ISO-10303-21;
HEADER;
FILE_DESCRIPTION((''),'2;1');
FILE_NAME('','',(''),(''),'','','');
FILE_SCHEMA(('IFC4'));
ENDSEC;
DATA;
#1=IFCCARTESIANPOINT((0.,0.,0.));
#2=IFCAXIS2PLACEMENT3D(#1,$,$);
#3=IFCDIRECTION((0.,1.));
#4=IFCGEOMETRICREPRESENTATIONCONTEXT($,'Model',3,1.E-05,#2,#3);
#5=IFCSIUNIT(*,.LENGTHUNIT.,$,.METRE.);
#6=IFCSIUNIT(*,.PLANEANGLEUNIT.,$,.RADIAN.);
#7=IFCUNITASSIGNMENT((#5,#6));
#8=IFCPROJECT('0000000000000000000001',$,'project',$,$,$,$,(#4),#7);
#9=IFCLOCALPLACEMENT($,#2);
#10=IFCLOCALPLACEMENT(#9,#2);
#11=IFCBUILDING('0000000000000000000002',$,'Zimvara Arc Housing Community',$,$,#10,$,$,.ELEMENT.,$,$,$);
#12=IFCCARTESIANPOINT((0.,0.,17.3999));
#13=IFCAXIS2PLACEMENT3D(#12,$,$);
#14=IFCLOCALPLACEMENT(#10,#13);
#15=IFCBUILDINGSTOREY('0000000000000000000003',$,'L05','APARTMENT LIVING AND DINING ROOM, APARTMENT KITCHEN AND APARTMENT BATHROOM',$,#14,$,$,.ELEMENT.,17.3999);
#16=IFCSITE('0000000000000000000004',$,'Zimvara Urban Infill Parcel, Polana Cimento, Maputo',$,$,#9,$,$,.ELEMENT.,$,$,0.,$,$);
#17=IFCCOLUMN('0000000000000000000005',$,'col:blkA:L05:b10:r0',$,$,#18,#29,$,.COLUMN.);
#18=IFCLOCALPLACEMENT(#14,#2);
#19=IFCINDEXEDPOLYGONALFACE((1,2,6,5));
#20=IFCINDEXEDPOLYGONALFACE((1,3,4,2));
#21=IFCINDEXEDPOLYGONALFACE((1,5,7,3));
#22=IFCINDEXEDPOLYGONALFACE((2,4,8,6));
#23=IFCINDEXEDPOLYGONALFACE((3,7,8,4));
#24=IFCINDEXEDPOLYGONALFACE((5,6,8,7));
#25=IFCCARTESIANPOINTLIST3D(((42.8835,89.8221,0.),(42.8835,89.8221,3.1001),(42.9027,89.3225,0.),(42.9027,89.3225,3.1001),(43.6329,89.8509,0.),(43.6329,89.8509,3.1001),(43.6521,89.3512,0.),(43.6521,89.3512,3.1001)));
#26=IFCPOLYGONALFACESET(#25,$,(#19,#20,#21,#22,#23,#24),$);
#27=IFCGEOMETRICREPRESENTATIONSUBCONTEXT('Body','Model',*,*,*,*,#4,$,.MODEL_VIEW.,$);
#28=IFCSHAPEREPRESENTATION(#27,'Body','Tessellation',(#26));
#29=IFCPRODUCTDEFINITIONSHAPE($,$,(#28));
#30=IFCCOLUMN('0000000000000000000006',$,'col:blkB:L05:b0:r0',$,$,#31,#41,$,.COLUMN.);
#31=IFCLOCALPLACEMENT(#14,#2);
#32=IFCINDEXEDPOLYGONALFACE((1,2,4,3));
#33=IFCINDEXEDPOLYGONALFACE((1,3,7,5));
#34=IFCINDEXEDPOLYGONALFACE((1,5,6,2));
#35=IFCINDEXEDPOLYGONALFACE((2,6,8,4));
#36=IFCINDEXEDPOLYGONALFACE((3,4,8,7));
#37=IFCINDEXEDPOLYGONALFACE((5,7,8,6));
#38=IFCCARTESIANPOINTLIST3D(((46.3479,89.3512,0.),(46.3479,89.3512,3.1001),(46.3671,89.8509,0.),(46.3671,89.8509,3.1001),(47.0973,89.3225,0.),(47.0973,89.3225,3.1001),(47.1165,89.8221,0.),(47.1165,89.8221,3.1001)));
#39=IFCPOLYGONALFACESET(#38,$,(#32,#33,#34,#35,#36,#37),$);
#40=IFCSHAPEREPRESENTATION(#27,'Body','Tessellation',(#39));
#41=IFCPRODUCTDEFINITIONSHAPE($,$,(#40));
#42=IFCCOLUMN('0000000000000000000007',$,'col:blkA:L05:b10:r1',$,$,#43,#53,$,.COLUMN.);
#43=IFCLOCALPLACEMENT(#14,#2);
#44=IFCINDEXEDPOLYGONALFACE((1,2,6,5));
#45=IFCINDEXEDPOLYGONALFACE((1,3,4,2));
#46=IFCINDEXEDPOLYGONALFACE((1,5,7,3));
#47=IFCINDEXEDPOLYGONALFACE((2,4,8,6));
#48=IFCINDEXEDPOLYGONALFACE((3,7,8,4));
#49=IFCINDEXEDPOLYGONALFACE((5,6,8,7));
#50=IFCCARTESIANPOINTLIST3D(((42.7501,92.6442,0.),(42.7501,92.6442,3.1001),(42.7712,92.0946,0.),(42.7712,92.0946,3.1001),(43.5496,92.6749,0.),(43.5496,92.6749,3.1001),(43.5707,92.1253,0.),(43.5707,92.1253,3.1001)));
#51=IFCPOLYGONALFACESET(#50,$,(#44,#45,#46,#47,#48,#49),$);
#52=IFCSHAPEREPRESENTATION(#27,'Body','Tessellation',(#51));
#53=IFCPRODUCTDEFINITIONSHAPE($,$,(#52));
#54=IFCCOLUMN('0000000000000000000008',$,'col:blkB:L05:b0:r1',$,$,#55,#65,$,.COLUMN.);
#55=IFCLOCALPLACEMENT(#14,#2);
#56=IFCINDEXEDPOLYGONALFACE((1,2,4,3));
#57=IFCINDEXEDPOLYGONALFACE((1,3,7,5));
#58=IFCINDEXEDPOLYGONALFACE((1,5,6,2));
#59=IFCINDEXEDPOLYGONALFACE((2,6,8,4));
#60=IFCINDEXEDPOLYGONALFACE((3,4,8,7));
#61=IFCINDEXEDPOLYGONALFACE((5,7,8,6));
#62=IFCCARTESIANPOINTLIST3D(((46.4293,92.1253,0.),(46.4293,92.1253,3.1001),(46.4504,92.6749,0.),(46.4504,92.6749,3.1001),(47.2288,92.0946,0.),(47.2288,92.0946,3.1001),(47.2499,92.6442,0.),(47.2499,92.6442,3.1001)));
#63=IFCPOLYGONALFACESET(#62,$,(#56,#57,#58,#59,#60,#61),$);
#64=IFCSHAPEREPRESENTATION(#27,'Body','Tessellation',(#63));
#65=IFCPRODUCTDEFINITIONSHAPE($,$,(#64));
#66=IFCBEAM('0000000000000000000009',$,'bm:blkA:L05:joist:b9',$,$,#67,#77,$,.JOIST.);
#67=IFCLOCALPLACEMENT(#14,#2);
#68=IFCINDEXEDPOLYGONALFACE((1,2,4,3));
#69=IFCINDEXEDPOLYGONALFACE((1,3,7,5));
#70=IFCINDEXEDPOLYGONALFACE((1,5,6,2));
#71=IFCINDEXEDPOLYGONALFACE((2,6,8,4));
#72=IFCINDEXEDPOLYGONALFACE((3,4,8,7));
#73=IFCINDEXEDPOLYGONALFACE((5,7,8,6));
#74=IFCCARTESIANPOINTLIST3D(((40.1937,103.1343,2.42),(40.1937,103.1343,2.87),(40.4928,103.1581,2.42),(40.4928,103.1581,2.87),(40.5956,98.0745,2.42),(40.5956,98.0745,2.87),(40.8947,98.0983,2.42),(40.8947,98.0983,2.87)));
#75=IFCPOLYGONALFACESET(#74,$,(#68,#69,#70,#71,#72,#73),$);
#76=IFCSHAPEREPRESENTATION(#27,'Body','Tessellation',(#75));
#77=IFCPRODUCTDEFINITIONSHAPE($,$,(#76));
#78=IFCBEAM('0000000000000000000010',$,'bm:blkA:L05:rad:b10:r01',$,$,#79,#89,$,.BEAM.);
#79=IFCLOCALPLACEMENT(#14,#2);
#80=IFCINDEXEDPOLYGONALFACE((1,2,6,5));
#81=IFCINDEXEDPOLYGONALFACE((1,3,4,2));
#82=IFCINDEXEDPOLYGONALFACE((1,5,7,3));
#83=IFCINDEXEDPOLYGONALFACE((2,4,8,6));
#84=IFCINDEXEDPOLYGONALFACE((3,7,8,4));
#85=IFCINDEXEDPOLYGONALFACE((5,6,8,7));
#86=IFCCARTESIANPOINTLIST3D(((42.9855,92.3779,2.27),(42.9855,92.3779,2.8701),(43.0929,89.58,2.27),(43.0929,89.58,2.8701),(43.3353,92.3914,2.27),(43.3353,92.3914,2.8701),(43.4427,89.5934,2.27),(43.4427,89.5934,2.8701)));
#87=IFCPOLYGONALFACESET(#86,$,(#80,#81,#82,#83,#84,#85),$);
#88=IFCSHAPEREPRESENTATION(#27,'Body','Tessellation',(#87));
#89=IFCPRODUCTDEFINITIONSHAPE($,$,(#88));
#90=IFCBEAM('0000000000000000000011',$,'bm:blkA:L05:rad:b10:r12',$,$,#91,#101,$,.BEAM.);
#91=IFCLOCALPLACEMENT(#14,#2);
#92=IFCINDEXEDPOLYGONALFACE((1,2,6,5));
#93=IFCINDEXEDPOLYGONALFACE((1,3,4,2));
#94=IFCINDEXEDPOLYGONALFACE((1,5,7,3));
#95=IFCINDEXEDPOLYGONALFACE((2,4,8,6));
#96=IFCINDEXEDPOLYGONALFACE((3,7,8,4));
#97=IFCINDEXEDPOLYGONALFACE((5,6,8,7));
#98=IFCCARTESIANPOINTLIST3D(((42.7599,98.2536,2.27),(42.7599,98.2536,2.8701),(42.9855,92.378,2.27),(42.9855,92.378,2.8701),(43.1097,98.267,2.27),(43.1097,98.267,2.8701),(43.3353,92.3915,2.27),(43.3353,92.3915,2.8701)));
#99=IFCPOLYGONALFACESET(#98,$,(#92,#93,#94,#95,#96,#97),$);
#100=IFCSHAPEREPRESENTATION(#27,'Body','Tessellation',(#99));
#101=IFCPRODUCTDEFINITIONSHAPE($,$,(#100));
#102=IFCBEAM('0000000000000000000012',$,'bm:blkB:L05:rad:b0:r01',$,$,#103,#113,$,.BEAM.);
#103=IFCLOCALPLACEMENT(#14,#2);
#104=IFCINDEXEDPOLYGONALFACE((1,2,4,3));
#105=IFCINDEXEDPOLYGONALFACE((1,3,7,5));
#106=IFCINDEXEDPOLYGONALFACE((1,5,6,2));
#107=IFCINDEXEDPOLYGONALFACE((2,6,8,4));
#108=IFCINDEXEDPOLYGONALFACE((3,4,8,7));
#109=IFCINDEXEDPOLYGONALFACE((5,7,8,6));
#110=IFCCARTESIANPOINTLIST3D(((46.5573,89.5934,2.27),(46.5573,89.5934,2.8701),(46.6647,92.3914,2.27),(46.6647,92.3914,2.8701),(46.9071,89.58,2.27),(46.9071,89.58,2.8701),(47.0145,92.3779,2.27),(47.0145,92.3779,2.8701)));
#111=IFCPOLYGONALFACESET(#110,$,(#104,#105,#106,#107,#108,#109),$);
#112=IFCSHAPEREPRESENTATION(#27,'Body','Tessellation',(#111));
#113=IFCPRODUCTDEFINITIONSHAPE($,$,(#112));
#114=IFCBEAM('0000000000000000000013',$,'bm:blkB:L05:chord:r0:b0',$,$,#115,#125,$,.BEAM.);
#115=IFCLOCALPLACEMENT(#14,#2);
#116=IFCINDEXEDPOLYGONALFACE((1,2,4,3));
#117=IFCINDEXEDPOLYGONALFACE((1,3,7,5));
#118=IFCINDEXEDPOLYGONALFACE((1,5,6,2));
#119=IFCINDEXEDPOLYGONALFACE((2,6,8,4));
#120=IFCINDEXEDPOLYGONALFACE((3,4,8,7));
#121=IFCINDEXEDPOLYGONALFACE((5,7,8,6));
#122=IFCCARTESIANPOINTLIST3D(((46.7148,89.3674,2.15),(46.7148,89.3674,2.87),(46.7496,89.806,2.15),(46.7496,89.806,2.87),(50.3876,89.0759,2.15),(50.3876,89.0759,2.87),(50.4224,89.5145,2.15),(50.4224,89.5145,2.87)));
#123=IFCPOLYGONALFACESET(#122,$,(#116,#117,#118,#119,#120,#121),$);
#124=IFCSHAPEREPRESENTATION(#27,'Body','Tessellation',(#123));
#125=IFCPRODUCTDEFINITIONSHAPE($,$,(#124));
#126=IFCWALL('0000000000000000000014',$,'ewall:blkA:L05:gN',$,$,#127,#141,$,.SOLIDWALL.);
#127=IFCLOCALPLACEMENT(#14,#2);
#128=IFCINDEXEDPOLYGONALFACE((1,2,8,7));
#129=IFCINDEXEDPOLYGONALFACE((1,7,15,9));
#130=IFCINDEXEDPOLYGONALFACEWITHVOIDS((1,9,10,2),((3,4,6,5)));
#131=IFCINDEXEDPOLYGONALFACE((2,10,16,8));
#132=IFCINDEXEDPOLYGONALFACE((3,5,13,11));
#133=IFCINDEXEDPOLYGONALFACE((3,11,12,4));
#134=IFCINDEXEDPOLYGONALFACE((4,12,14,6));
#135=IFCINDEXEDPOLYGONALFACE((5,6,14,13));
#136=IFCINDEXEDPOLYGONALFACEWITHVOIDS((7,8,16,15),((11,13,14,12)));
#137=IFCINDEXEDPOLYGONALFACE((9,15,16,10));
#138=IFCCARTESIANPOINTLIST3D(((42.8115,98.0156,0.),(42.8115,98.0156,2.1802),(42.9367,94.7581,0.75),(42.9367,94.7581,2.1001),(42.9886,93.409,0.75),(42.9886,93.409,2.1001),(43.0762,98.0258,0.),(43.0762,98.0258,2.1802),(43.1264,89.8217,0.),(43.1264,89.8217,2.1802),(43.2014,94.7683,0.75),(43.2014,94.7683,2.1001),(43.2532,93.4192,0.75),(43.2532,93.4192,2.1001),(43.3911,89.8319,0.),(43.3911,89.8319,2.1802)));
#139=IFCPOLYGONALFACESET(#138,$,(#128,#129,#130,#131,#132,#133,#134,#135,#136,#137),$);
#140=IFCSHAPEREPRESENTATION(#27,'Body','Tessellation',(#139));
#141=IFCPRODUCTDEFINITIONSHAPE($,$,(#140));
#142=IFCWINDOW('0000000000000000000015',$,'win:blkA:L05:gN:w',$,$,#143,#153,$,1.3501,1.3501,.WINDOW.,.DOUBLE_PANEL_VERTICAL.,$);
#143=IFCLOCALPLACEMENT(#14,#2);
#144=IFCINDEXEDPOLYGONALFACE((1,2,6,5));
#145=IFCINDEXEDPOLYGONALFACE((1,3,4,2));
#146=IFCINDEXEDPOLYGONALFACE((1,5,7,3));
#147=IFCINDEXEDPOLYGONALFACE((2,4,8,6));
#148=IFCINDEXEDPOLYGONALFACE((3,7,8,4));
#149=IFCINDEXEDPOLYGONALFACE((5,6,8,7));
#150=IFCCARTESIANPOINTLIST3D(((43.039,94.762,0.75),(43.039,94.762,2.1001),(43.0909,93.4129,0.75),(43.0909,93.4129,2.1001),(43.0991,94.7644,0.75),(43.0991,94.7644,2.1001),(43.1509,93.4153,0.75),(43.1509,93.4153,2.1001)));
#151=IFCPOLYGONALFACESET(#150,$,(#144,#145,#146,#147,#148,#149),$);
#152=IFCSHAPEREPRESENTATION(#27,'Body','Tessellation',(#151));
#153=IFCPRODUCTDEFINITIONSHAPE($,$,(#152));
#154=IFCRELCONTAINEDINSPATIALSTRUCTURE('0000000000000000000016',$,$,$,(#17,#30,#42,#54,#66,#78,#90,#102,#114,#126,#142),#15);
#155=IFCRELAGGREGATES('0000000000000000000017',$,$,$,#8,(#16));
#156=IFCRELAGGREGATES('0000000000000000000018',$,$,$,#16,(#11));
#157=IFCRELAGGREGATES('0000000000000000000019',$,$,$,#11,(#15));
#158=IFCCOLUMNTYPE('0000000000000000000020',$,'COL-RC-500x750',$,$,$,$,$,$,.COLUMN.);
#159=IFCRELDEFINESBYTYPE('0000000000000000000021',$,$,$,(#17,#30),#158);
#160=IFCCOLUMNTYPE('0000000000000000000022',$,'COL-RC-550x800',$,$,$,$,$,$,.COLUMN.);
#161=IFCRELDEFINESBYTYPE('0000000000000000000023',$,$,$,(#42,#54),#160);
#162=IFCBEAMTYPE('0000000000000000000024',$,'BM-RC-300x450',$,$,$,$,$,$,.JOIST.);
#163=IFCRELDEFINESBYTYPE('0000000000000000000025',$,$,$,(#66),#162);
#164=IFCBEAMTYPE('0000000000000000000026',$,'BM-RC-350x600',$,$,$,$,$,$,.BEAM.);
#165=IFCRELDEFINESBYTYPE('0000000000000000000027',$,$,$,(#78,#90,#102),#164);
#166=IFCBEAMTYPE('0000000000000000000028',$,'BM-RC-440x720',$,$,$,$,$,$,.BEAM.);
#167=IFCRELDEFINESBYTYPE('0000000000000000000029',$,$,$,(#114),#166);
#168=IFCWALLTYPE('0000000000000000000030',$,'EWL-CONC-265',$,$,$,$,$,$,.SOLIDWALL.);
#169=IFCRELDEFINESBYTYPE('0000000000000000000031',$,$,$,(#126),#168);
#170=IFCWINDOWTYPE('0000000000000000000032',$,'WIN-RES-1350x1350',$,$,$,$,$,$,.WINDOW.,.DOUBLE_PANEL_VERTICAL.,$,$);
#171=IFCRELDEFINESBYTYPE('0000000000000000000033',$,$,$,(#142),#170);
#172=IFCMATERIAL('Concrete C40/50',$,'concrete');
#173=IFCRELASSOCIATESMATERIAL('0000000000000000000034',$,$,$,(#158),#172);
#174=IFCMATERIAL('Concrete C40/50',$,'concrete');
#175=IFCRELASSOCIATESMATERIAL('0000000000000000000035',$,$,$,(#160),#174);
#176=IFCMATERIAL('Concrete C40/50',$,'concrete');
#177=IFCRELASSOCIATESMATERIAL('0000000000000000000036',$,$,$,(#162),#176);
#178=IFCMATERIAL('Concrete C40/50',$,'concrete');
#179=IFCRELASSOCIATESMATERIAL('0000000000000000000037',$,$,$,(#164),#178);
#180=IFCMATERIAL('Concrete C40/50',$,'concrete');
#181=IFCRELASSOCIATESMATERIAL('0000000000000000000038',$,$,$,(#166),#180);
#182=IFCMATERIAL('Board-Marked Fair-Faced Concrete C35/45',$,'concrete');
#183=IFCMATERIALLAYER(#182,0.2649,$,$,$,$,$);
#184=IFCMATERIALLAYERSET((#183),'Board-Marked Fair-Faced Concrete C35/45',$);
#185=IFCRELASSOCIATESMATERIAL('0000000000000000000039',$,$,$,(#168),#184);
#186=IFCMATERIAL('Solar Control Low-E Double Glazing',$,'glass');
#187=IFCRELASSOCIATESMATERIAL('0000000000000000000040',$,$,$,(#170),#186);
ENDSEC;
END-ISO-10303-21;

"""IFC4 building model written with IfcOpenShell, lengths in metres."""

from ifc_helpers import new_model, si_unit, direction, frame, frame_2d, origin, origin_2d, place, context, subcontext, project, spatial, rectangle, extrude, material, layer, layer_set, material_profile, profile_set, type_object, element, fill, save


model = new_model("IFC4")

# Units and contexts
model_context = context("Model", 3, precision=1e-05, world=origin(), true_north=direction((0.0, 1.0)))
body_context = subcontext(model_context, "Body", "Model", "MODEL_VIEW")
ifc_project = project(units=[si_unit("LENGTHUNIT", "METRE"), si_unit("PLANEANGLEUNIT", "RADIAN")], contexts=[model_context])

# Site, building, storey
site_placement = place(None, origin())
site = spatial("IfcSite", under=ifc_project, at=site_placement, Name="Zimvara Urban Infill Parcel, Polana Cimento, Maputo", CompositionType="ELEMENT", RefElevation=0.0)
building_placement = place(site_placement, origin())
building = spatial("IfcBuilding", under=site, at=building_placement, Name="Zimvara Arc Housing Community", CompositionType="ELEMENT")
storey_placement = place(building_placement, frame((0.0, 0.0, 17.3999)))
storey = spatial("IfcBuildingStorey", under=building, at=storey_placement, Name="L05", Description="APARTMENT LIVING AND DINING ROOM, APARTMENT KITCHEN AND APARTMENT BATHROOM", CompositionType="ELEMENT", Elevation=17.3999)

# Columns
ifc_material_1 = material(Name="Concrete C40/50", Category="concrete")
ifc_material_profile_1 = material_profile(ifc_material_1, rectangle(XDim=0.5, YDim=0.75, at=origin_2d()), Name="RC 500x750")
ifc_profile_set_1 = profile_set([ifc_material_profile_1], Name="Concrete C40/50")
column_type_1 = type_object("IfcColumnType", Name="COL-RC-500x750", PredefinedType="COLUMN", material=ifc_profile_set_1)
for number, where, z_axis, x_axis, name in (
    (1, (43.2678, 89.5867, 0.0), (0.0, 0.0, 1.0), (-0.038388, 0.999263, 0.0), "col:blkA:L05:b10:r0"),
    (2, (46.7322, 89.5867, 0.0), (0.0, 0.0, 1.0), (0.038388, 0.999263, 0.0), "col:blkB:L05:b0:r0"),
):
    element("IfcColumn", number, at=place(storey_placement, frame(where, z_axis=z_axis, x_axis=x_axis)), inside=storey, type_object=column_type_1, Name=name, PredefinedType="COLUMN", context=body_context, shape_type="SweptSolid", body=[
        extrude(rectangle(XDim=0.5, YDim=0.75, at=origin_2d()), origin(), (0.0, 0.0, 1.0), 3.1001),
    ])
ifc_material_2 = material(Name="Concrete C40/50", Category="concrete")
ifc_material_profile_2 = material_profile(ifc_material_2, rectangle(XDim=0.55, YDim=0.8, at=origin_2d()), Name="RC 550x800")
ifc_profile_set_2 = profile_set([ifc_material_profile_2], Name="Concrete C40/50")
column_type_2 = type_object("IfcColumnType", Name="COL-RC-550x800", PredefinedType="COLUMN", material=ifc_profile_set_2)
for number, where, z_axis, x_axis, name in (
    (3, (43.1604, 92.3848, 0.0), (0.0, 0.0, 1.0), (-0.038388, 0.999263, 0.0), "col:blkA:L05:b10:r1"),
    (4, (46.8396, 92.3848, 0.0), (0.0, 0.0, 1.0), (0.038388, 0.999263, 0.0), "col:blkB:L05:b0:r1"),
):
    element("IfcColumn", number, at=place(storey_placement, frame(where, z_axis=z_axis, x_axis=x_axis)), inside=storey, type_object=column_type_2, Name=name, PredefinedType="COLUMN", context=body_context, shape_type="SweptSolid", body=[
        extrude(rectangle(XDim=0.55, YDim=0.8, at=origin_2d()), origin(), (0.0, 0.0, 1.0), 3.1001),
    ])

# Beams
ifc_material_3 = material(Name="Concrete C40/50", Category="concrete")
ifc_material_profile_3 = material_profile(ifc_material_3, rectangle(XDim=0.3, YDim=0.45, at=origin_2d()), Name="RC 300x450")
ifc_profile_set_3 = profile_set([ifc_material_profile_3], Name="Concrete C40/50")
beam_type_1 = type_object("IfcBeamType", Name="BM-RC-300x450", PredefinedType="JOIST", material=ifc_profile_set_3)
beam_1_placement = place(storey_placement, frame((40.7451, 98.0864, 2.645), z_axis=(-0.079172, 0.996861, 0.0), x_axis=(-0.996861, -0.079172, 0.0)))
element("IfcBeam", 5, at=beam_1_placement, inside=storey, type_object=beam_type_1, Name="bm:blkA:L05:joist:b9", PredefinedType="JOIST", context=body_context, shape_type="SweptSolid", body=[
    extrude(rectangle(XDim=0.3, YDim=0.45, at=origin_2d()), origin(), (0.0, 0.0, 1.0), 5.0757),
])
ifc_material_4 = material(Name="Concrete C40/50", Category="concrete")
ifc_material_profile_4 = material_profile(ifc_material_4, rectangle(XDim=0.3501, YDim=0.6001, at=origin_2d()), Name="RC 350x600")
ifc_profile_set_4 = profile_set([ifc_material_profile_4], Name="Concrete C40/50")
beam_type_2 = type_object("IfcBeamType", Name="BM-RC-350x600", PredefinedType="BEAM", material=ifc_profile_set_4)
beam_2_placement = place(storey_placement, frame((43.2678, 89.5867, 2.5701), z_axis=(-0.038363, 0.999264, 0.0), x_axis=(-0.999264, -0.038363, 0.0)))
element("IfcBeam", 6, at=beam_2_placement, inside=storey, type_object=beam_type_2, Name="bm:blkA:L05:rad:b10:r01", PredefinedType="BEAM", context=body_context, shape_type="SweptSolid", body=[
    extrude(rectangle(XDim=0.3501, YDim=0.6001, at=origin_2d()), origin(), (0.0, 0.0, 1.0), 2.8),
])
beam_3_placement = place(storey_placement, frame((43.1604, 92.3848, 2.5701), z_axis=(-0.038366, 0.999264, 0.0), x_axis=(-0.999264, -0.038366, 0.0)))
element("IfcBeam", 7, at=beam_3_placement, inside=storey, type_object=beam_type_2, Name="bm:blkA:L05:rad:b10:r12", PredefinedType="BEAM", context=body_context, shape_type="SweptSolid", body=[
    extrude(rectangle(XDim=0.3501, YDim=0.6001, at=origin_2d()), origin(), (0.0, 0.0, 1.0), 5.8799),
])
beam_4_placement = place(storey_placement, frame((46.7322, 89.5867, 2.5701), z_axis=(0.038363, 0.999264, 0.0), x_axis=(-0.999264, 0.038363, 0.0)))
element("IfcBeam", 8, at=beam_4_placement, inside=storey, type_object=beam_type_2, Name="bm:blkB:L05:rad:b0:r01", PredefinedType="BEAM", context=body_context, shape_type="SweptSolid", body=[
    extrude(rectangle(XDim=0.3501, YDim=0.6001, at=origin_2d()), origin(), (0.0, 0.0, 1.0), 2.8),
])
ifc_material_5 = material(Name="Concrete C40/50", Category="concrete")
ifc_material_profile_5 = material_profile(ifc_material_5, rectangle(XDim=0.4399, YDim=0.72, at=origin_2d()), Name="RC 440x720")
ifc_profile_set_5 = profile_set([ifc_material_profile_5], Name="Concrete C40/50")
beam_type_3 = type_object("IfcBeamType", Name="BM-RC-440x720", PredefinedType="BEAM", material=ifc_profile_set_5)
beam_5_placement = place(storey_placement, frame((46.7322, 89.5867, 2.51), z_axis=(0.996865, -0.079118, 0.0), x_axis=(0.079118, 0.996865, 0.0)))
element("IfcBeam", 9, at=beam_5_placement, inside=storey, type_object=beam_type_3, Name="bm:blkB:L05:chord:r0:b0", PredefinedType="BEAM", context=body_context, shape_type="SweptSolid", body=[
    extrude(rectangle(XDim=0.4399, YDim=0.72, at=origin_2d()), origin(), (0.0, 0.0, 1.0), 3.6843),
])

# Wall, opening, window
ifc_material_6 = material(Name="Board-Marked Fair-Faced Concrete C35/45", Category="concrete")
ifc_layer_1 = layer(ifc_material_6, 0.2649)
ifc_layer_set_1 = layer_set([ifc_layer_1], Name="Board-Marked Fair-Faced Concrete C35/45")
wall_type_1 = type_object("IfcWallType", Name="EWL-CONC-265", PredefinedType="SOLIDWALL", material=ifc_layer_set_1)
wall_1_placement = place(storey_placement, frame((43.2588, 89.8267, 0.0), z_axis=(0.0, 0.0, 1.0), x_axis=(-0.038408, 0.999262, 0.0)))
wall_1 = element("IfcWall", 10, at=wall_1_placement, inside=storey, type_object=wall_type_1, Name="ewall:blkA:L05:gN", PredefinedType="SOLIDWALL", context=body_context, shape_type="SweptSolid", body=[
    extrude(rectangle(XDim=8.2, YDim=0.2649, at=frame_2d((4.1001, 0.0))), origin(), (0.0, 0.0, 1.0), 2.1802),
])
opening_1_placement = place(wall_1_placement, frame((3.5901, 0.0, 0.75)))
opening_1 = element("IfcOpeningElement", 11, at=opening_1_placement, cuts=wall_1, PredefinedType="OPENING", context=body_context, shape_type="SweptSolid", body=[
    extrude(rectangle(XDim=1.3501, YDim=1.3501, at=frame_2d((0.675, 0.675))), frame((0.0, 0.1423, 0.0), z_axis=(0.0, -1.0, 0.0), x_axis=(1.0, 0.0, 0.0)), (0.0, 0.0, 1.0), 0.2849),
])
ifc_material_7 = material(Name="Solar Control Low-E Double Glazing", Category="glass")
window_type = type_object("IfcWindowType", Name="WIN-RES-1350x1350", PartitioningType="DOUBLE_PANEL_VERTICAL", PredefinedType="WINDOW", material=ifc_material_7)
window_1_placement = place(opening_1_placement, origin())
window_1 = element("IfcWindow", 12, at=window_1_placement, inside=storey, type_object=window_type, Name="win:blkA:L05:gN:w", OverallHeight=1.3501, OverallWidth=1.3501, PartitioningType="DOUBLE_PANEL_VERTICAL", PredefinedType="WINDOW", context=body_context, shape_type="SweptSolid", body=[
    extrude(rectangle(XDim=1.3501, YDim=1.3501, at=frame_2d((0.675, 0.675))), frame((0.0, 0.03, 0.0), z_axis=(0.0, -1.0, 0.0), x_axis=(1.0, 0.0, 0.0)), (0.0, 0.0, 1.0), 0.0601),
])
fill(opening_1, window_1)

save(model, "model.ifc")
